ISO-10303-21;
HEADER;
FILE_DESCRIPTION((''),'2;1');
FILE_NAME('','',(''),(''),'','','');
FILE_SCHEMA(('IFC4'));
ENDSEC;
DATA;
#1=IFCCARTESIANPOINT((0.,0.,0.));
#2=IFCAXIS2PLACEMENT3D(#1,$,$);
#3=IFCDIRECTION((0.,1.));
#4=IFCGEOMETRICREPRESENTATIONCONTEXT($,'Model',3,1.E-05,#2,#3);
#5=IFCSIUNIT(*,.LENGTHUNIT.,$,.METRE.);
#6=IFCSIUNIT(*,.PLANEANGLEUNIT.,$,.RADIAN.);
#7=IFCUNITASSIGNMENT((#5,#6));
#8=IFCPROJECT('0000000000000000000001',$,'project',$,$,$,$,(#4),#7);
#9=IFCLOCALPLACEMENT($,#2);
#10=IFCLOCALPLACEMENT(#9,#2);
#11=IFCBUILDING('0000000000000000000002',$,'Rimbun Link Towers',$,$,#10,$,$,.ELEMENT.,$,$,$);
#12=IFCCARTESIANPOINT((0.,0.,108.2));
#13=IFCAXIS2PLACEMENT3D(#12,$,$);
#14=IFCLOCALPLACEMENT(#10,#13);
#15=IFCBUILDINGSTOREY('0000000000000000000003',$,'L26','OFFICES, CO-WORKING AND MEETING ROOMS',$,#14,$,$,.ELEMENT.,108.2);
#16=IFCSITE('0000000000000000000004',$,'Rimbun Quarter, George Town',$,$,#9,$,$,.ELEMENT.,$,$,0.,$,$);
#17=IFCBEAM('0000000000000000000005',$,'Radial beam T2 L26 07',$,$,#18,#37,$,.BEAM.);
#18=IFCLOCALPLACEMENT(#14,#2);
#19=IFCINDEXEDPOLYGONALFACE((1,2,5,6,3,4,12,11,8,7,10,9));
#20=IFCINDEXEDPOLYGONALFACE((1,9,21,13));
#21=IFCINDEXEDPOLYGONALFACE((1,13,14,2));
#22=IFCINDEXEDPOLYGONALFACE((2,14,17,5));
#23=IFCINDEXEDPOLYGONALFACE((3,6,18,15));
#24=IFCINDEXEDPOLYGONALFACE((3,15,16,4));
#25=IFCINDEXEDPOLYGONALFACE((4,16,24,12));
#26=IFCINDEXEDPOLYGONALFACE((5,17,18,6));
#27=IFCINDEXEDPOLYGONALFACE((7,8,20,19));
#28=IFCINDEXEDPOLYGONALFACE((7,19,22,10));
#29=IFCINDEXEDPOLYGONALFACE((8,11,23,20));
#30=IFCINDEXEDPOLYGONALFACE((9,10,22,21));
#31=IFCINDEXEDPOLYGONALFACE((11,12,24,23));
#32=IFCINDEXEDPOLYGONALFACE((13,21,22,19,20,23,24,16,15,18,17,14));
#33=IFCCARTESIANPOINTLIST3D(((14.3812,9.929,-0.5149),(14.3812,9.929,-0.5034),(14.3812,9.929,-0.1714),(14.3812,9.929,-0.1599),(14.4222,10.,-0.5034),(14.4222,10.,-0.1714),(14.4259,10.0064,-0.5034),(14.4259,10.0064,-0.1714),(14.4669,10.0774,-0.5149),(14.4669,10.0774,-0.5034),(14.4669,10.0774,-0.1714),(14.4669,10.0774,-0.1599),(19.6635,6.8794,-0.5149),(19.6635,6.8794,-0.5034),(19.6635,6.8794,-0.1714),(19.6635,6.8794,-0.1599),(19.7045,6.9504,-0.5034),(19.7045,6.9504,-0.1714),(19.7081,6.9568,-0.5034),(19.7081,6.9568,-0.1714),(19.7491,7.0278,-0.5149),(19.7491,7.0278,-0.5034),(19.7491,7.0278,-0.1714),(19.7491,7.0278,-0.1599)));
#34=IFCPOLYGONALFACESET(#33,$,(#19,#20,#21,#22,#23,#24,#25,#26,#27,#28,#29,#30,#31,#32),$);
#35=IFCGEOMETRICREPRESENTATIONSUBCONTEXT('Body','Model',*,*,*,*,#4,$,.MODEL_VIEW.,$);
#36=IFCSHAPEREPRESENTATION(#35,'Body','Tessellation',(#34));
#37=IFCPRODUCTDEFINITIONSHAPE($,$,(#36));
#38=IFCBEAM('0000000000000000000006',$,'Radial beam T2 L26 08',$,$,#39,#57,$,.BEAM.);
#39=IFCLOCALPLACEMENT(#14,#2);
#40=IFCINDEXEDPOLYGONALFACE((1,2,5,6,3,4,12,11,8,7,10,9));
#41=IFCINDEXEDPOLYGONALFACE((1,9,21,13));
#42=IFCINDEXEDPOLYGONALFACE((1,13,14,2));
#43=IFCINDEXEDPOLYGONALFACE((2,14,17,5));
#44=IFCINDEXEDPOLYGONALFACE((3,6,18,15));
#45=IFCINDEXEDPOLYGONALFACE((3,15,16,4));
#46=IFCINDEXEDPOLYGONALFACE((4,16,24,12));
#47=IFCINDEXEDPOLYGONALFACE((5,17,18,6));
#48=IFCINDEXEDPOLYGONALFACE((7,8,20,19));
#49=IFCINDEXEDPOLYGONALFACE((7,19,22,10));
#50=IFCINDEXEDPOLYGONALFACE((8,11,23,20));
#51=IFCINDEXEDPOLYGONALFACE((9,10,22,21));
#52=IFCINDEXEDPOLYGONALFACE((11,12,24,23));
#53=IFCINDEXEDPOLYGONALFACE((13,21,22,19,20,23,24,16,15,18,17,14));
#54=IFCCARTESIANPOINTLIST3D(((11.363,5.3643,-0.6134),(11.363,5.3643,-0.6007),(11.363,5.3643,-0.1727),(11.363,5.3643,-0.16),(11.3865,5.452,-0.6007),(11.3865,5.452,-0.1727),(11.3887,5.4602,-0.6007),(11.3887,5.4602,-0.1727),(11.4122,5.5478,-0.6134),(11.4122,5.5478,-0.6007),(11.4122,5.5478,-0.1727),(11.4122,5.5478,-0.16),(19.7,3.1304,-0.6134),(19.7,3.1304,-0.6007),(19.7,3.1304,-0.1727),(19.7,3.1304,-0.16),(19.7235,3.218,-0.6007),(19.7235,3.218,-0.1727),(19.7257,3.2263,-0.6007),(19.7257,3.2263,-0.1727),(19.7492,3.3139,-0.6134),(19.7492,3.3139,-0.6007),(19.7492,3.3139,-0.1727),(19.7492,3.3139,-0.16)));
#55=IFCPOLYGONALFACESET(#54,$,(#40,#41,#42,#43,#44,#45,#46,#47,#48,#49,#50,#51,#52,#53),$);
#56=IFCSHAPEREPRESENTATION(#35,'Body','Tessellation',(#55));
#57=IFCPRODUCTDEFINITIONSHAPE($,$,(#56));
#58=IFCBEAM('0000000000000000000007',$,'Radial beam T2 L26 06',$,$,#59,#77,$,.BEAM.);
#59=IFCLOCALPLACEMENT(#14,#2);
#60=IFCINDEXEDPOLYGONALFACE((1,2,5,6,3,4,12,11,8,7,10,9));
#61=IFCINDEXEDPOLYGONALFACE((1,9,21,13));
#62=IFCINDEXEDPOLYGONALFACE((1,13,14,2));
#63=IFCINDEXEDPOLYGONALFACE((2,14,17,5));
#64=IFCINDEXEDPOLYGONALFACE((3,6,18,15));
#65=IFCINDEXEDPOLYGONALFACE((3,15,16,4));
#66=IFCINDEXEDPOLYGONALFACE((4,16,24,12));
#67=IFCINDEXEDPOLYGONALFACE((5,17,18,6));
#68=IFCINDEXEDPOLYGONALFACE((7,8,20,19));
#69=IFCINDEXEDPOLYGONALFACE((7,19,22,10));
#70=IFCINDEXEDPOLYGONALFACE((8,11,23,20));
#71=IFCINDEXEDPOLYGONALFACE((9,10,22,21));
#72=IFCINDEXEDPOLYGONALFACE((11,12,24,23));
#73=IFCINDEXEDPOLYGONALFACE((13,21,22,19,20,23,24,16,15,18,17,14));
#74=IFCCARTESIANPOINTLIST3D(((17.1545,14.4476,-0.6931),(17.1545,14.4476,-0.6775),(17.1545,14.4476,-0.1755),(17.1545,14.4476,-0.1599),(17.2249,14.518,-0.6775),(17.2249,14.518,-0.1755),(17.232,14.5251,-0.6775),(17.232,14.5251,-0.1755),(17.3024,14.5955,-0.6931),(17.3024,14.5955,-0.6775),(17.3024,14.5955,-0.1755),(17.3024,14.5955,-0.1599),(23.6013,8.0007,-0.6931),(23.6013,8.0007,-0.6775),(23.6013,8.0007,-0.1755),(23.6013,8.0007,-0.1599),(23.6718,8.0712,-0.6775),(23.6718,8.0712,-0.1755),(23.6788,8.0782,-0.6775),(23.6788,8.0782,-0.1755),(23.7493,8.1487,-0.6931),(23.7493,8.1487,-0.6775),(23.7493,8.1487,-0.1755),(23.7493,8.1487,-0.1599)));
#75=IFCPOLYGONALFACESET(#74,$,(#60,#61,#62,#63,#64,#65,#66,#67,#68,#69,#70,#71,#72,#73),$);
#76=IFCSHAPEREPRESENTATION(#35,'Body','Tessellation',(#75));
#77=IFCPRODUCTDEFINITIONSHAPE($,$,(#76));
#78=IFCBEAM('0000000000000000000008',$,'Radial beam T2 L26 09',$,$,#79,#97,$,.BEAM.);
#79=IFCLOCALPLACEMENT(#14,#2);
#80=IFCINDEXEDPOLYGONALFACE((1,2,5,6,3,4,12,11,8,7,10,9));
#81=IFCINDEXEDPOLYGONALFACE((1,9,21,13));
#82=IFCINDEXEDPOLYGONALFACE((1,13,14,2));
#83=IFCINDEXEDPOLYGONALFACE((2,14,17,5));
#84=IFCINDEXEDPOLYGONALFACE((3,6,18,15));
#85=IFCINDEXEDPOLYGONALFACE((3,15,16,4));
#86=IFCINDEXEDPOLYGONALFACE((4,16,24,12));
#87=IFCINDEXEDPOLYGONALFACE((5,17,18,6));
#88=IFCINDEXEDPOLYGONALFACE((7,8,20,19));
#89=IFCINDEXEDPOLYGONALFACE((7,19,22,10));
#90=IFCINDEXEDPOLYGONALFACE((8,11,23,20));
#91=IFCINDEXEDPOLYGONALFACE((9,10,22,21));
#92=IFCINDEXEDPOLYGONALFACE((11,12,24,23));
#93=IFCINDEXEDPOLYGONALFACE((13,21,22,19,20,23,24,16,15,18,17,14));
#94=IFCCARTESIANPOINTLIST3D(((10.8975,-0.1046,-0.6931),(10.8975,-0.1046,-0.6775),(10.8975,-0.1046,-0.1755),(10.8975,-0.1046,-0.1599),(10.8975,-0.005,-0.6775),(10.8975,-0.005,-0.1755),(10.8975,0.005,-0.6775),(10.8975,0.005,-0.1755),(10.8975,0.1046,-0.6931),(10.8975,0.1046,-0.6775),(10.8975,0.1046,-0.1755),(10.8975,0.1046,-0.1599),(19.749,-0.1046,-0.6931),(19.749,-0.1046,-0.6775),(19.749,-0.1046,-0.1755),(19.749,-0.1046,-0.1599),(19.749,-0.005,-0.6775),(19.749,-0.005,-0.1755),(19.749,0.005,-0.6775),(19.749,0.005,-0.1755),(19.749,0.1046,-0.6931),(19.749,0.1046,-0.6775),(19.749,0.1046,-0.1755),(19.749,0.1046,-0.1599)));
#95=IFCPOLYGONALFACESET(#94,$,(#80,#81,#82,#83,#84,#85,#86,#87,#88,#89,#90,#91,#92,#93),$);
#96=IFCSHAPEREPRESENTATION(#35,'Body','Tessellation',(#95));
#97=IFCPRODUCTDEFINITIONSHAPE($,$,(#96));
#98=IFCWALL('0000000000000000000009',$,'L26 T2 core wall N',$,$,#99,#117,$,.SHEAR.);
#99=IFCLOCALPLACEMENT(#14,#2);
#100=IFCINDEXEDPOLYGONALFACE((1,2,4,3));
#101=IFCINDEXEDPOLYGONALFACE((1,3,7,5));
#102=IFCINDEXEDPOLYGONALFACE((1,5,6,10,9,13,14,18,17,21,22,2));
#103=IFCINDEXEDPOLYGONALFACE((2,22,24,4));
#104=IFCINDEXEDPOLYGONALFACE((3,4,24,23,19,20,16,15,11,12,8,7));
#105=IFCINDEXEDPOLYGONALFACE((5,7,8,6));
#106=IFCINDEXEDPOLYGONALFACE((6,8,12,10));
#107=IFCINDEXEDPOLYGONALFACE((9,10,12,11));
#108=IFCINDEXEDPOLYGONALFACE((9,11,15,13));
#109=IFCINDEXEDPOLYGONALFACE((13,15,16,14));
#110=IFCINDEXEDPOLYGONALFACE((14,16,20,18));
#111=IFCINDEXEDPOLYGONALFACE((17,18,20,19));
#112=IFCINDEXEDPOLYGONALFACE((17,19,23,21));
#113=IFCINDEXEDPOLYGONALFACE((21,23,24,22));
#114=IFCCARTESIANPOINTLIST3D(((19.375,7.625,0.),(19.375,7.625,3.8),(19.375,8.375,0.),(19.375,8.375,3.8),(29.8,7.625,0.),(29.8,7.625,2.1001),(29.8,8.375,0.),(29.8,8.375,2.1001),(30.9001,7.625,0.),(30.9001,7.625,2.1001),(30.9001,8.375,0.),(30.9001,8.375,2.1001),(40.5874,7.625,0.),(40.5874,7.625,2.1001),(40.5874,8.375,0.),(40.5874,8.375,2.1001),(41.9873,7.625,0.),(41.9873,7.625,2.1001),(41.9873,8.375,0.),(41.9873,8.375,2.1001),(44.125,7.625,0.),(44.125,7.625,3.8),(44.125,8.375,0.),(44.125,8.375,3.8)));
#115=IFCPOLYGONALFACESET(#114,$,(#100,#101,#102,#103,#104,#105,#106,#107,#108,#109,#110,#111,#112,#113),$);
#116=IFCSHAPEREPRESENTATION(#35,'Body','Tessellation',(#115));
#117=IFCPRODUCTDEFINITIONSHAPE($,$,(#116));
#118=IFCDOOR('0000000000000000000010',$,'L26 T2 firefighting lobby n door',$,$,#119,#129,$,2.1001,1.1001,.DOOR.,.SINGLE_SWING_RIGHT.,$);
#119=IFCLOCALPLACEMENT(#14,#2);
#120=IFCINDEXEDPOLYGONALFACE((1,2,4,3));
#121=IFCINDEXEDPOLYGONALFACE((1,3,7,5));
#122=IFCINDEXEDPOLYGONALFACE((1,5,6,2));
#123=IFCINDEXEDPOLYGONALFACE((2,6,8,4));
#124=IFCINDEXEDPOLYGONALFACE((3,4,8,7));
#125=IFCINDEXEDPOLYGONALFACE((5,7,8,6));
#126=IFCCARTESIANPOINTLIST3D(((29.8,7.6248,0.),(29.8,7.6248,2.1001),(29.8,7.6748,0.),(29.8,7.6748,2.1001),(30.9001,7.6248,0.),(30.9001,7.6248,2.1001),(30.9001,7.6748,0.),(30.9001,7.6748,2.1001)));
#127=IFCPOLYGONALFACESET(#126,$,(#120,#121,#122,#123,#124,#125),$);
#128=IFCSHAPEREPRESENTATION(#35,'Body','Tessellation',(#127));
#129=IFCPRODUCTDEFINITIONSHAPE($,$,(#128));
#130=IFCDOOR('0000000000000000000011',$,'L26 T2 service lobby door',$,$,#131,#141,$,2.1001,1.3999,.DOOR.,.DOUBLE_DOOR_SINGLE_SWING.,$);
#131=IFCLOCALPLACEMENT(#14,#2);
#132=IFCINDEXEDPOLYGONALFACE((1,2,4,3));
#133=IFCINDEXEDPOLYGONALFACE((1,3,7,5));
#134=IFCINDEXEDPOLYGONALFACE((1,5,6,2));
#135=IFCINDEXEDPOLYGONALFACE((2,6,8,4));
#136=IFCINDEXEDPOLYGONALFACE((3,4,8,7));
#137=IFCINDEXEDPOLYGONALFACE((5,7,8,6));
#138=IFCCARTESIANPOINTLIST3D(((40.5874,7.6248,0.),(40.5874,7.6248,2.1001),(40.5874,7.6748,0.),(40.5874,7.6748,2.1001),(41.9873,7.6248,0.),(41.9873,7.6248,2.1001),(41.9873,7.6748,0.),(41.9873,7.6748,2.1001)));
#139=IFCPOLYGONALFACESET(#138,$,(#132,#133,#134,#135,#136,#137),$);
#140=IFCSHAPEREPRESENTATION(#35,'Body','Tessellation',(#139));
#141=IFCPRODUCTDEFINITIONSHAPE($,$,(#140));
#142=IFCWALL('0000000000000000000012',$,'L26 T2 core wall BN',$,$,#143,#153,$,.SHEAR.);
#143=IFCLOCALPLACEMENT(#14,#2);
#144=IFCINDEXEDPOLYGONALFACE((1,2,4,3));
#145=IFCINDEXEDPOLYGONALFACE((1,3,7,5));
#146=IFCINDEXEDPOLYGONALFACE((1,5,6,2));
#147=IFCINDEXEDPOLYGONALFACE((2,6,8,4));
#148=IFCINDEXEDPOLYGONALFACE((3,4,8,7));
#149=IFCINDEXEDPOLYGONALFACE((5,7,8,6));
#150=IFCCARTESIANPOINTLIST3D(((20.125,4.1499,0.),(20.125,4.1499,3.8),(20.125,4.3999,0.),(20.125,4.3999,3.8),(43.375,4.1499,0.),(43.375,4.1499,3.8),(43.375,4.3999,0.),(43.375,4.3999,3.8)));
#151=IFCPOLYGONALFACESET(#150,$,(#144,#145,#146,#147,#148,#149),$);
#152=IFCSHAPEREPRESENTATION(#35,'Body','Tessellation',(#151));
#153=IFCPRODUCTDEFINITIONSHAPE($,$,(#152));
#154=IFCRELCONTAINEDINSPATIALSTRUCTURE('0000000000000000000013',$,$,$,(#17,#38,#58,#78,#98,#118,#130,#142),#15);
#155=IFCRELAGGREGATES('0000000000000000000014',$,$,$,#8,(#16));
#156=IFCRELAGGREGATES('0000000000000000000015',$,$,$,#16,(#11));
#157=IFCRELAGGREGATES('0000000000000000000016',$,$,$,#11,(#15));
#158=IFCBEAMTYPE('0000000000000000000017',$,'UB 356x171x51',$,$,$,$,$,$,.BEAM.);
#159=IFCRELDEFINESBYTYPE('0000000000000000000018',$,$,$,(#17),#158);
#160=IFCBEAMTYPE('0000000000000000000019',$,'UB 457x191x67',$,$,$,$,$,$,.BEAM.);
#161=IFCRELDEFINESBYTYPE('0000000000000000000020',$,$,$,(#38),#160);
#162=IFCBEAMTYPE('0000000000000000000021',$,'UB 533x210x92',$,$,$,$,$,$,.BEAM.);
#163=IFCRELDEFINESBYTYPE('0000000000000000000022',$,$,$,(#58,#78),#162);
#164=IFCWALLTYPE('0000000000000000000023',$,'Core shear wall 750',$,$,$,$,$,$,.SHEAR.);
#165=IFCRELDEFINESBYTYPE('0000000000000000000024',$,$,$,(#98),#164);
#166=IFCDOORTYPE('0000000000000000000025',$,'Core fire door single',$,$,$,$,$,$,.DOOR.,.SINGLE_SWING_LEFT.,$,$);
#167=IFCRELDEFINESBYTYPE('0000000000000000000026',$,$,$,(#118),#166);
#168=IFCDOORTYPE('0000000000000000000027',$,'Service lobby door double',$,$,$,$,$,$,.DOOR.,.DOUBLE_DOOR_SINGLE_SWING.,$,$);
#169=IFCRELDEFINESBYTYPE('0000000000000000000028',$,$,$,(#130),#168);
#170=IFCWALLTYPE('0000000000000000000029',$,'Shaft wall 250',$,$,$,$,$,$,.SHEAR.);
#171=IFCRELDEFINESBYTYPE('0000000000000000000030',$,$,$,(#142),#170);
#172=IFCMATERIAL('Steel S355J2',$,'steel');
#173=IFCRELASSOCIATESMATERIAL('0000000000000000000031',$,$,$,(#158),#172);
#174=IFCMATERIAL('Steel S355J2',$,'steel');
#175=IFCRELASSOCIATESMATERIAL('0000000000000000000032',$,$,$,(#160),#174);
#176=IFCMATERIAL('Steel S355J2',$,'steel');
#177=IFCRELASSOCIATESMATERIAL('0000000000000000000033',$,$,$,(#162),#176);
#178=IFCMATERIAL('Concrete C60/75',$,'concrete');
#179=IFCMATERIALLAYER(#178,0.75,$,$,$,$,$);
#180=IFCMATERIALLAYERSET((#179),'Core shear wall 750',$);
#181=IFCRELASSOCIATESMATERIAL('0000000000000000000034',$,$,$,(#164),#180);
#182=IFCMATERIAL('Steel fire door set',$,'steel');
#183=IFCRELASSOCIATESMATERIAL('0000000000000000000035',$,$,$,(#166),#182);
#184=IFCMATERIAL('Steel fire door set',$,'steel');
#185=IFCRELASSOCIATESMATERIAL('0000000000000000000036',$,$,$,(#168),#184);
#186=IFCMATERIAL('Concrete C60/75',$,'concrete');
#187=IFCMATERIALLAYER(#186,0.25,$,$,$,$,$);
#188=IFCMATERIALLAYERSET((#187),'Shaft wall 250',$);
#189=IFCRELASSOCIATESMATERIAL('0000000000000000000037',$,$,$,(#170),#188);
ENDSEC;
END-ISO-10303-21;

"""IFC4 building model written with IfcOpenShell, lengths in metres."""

from ifc_helpers import new_model, si_unit, direction, frame, frame_2d, origin, origin_2d, place, context, subcontext, project, spatial, rectangle, i_section, extrude, material, layer, layer_set, material_profile, profile_set, type_object, element, fill, save


model = new_model("IFC4")

# Units and contexts
model_context = context("Model", 3, precision=1e-05, world=origin(), true_north=direction((0.0, 1.0)))
body_context = subcontext(model_context, "Body", "Model", "MODEL_VIEW")
ifc_project = project(units=[si_unit("LENGTHUNIT", "METRE"), si_unit("PLANEANGLEUNIT", "RADIAN")], contexts=[model_context])

# Site, building, storey
site_placement = place(None, origin())
site = spatial("IfcSite", under=ifc_project, at=site_placement, Name="Rimbun Quarter, George Town", CompositionType="ELEMENT", RefElevation=0.0)
building_placement = place(site_placement, origin())
building = spatial("IfcBuilding", under=site, at=building_placement, Name="Rimbun Link Towers", CompositionType="ELEMENT")
storey_placement = place(building_placement, frame((0.0, 0.0, 108.2)))
storey = spatial("IfcBuildingStorey", under=building, at=storey_placement, Name="L26", Description="OFFICES, CO-WORKING AND MEETING ROOMS", CompositionType="ELEMENT", Elevation=108.2)

# Beams
ifc_material_1 = material(Name="Steel S355J2", Category="steel")
ifc_material_profile_1 = material_profile(ifc_material_1, i_section(OverallWidth=0.1714, OverallDepth=0.355, WebThickness=0.0073, FlangeThickness=0.0115, at=origin_2d()), Name="UB 356x171x51")
ifc_profile_set_1 = profile_set([ifc_material_profile_1], Name="Steel S355J2")
beam_type_1 = type_object("IfcBeamType", Name="UB 356x171x51", PredefinedType="BEAM", material=ifc_profile_set_1)
beam_1_placement = place(storey_placement, frame((19.7063, 6.9536, -0.3374), z_axis=(-0.866035, 0.499983, 0.0), x_axis=(-0.499983, -0.866035, 0.0)))
element("IfcBeam", 1, at=beam_1_placement, inside=storey, type_object=beam_type_1, Name="Radial beam T2 L26 07", PredefinedType="BEAM", context=body_context, shape_type="SweptSolid", body=[
    extrude(i_section(OverallWidth=0.1714, OverallDepth=0.355, WebThickness=0.0073, FlangeThickness=0.0115, at=origin_2d()), origin(), (0.0, 0.0, 1.0), 6.0994),
])
ifc_material_2 = material(Name="Steel S355J2", Category="steel")
ifc_material_profile_2 = material_profile(ifc_material_2, i_section(OverallWidth=0.1899, OverallDepth=0.4534, WebThickness=0.0085, FlangeThickness=0.0127, at=origin_2d()), Name="UB 457x191x67")
ifc_profile_set_2 = profile_set([ifc_material_profile_2], Name="Steel S355J2")
beam_type_2 = type_object("IfcBeamType", Name="UB 457x191x67", PredefinedType="BEAM", material=ifc_profile_set_2)
beam_2_placement = place(storey_placement, frame((19.7246, 3.2222, -0.3867), z_axis=(-0.965925, 0.258821, 0.0), x_axis=(-0.258821, -0.965925, 0.0)))
element("IfcBeam", 2, at=beam_2_placement, inside=storey, type_object=beam_type_2, Name="Radial beam T2 L26 08", PredefinedType="BEAM", context=body_context, shape_type="SweptSolid", body=[
    extrude(i_section(OverallWidth=0.1899, OverallDepth=0.4534, WebThickness=0.0085, FlangeThickness=0.0127, at=origin_2d()), origin(), (0.0, 0.0, 1.0), 8.6311),
])
ifc_material_3 = material(Name="Steel S355J2", Category="steel")
ifc_material_profile_3 = material_profile(ifc_material_3, i_section(OverallWidth=0.2092, OverallDepth=0.5332, WebThickness=0.01, FlangeThickness=0.0156, at=origin_2d()), Name="UB 533x210x92")
ifc_profile_set_3 = profile_set([ifc_material_profile_3], Name="Steel S355J2")
beam_type_3 = type_object("IfcBeamType", Name="UB 533x210x92", PredefinedType="BEAM", material=ifc_profile_set_3)
beam_3_placement = place(storey_placement, frame((23.6753, 8.0747, -0.4265), z_axis=(-0.707107, 0.707107, 0.0), x_axis=(-0.707107, -0.707107, 0.0)))
element("IfcBeam", 3, at=beam_3_placement, inside=storey, type_object=beam_type_3, Name="Radial beam T2 L26 06", PredefinedType="BEAM", context=body_context, shape_type="SweptSolid", body=[
    extrude(i_section(OverallWidth=0.2092, OverallDepth=0.5332, WebThickness=0.01, FlangeThickness=0.0156, at=origin_2d()), origin(), (0.0, 0.0, 1.0), 9.1172),
])
beam_4_placement = place(storey_placement, frame((19.749, 0.0, -0.4265), z_axis=(-1.0, 0.0, 0.0), x_axis=(0.0, -1.0, 0.0)))
element("IfcBeam", 4, at=beam_4_placement, inside=storey, type_object=beam_type_3, Name="Radial beam T2 L26 09", PredefinedType="BEAM", context=body_context, shape_type="SweptSolid", body=[
    extrude(i_section(OverallWidth=0.2092, OverallDepth=0.5332, WebThickness=0.01, FlangeThickness=0.0156, at=origin_2d()), origin(), (0.0, 0.0, 1.0), 8.8516),
])

# Wall, openings, doors
ifc_material_4 = material(Name="Concrete C60/75", Category="concrete")
ifc_layer_1 = layer(ifc_material_4, 0.75)
ifc_layer_set_1 = layer_set([ifc_layer_1], Name="Core shear wall 750")
wall_type_1 = type_object("IfcWallType", Name="Core shear wall 750", PredefinedType="SHEAR", material=ifc_layer_set_1)
wall_1_placement = place(storey_placement, frame((19.375, 8.0, 0.0), z_axis=(0.0, 0.0, 1.0), x_axis=(1.0, 0.0, 0.0)))
wall_1 = element("IfcWall", 5, at=wall_1_placement, inside=storey, type_object=wall_type_1, Name="L26 T2 core wall N", PredefinedType="SHEAR", context=body_context, shape_type="SweptSolid", body=[
    extrude(rectangle(XDim=24.75, YDim=0.75, at=frame_2d((12.375, 0.0))), origin(), (0.0, 0.0, 1.0), 3.8),
])
opening_1_placement = place(wall_1_placement, frame((10.425, 0.0, 0.0)))
opening_1 = element("IfcOpeningElement", 6, at=opening_1_placement, cuts=wall_1, PredefinedType="OPENING", context=body_context, shape_type="SweptSolid", body=[
    extrude(rectangle(XDim=1.1001, YDim=2.1001, at=frame_2d((0.55, 1.05))), frame((0.0, 0.385, 0.0), z_axis=(0.0, -1.0, 0.0), x_axis=(1.0, 0.0, 0.0)), (0.0, 0.0, 1.0), 0.77),
])
opening_2_placement = place(wall_1_placement, frame((21.2124, 0.0, 0.0)))
opening_2 = element("IfcOpeningElement", 7, at=opening_2_placement, cuts=wall_1, PredefinedType="OPENING", context=body_context, shape_type="SweptSolid", body=[
    extrude(rectangle(XDim=1.3999, YDim=2.1001, at=frame_2d((0.7, 1.05))), frame((0.0, 0.385, 0.0), z_axis=(0.0, -1.0, 0.0), x_axis=(1.0, 0.0, 0.0)), (0.0, 0.0, 1.0), 0.77),
])
ifc_material_5 = material(Name="Steel fire door set", Category="steel")
door_type_1 = type_object("IfcDoorType", Name="Core fire door single", OperationType="SINGLE_SWING_LEFT", PredefinedType="DOOR", material=ifc_material_5)
door_1_placement = place(opening_1_placement, origin())
door_1 = element("IfcDoor", 8, at=door_1_placement, inside=storey, type_object=door_type_1, Name="L26 T2 firefighting lobby n door", OperationType="SINGLE_SWING_RIGHT", OverallHeight=2.1001, OverallWidth=1.1001, PredefinedType="DOOR", context=body_context, shape_type="SweptSolid", body=[
    extrude(rectangle(XDim=1.1001, YDim=2.1001, at=frame_2d((0.55, 1.05))), frame((0.0, -0.3252, 0.0), z_axis=(0.0, -1.0, 0.0), x_axis=(1.0, 0.0, 0.0)), (0.0, 0.0, 1.0), 0.05),
])
fill(opening_1, door_1)
ifc_material_6 = material(Name="Steel fire door set", Category="steel")
door_type_2 = type_object("IfcDoorType", Name="Service lobby door double", OperationType="DOUBLE_DOOR_SINGLE_SWING", PredefinedType="DOOR", material=ifc_material_6)
door_2_placement = place(opening_2_placement, origin())
door_2 = element("IfcDoor", 9, at=door_2_placement, inside=storey, type_object=door_type_2, Name="L26 T2 service lobby door", OperationType="DOUBLE_DOOR_SINGLE_SWING", OverallHeight=2.1001, OverallWidth=1.3999, PredefinedType="DOOR", context=body_context, shape_type="SweptSolid", body=[
    extrude(rectangle(XDim=1.3999, YDim=2.1001, at=frame_2d((0.7, 1.05))), frame((0.0, -0.3252, 0.0), z_axis=(0.0, -1.0, 0.0), x_axis=(1.0, 0.0, 0.0)), (0.0, 0.0, 1.0), 0.05),
])
fill(opening_2, door_2)

# Wall
ifc_material_7 = material(Name="Concrete C60/75", Category="concrete")
ifc_layer_2 = layer(ifc_material_7, 0.25)
ifc_layer_set_2 = layer_set([ifc_layer_2], Name="Shaft wall 250")
wall_type_2 = type_object("IfcWallType", Name="Shaft wall 250", PredefinedType="SHEAR", material=ifc_layer_set_2)
wall_2_placement = place(storey_placement, frame((20.125, 4.2749, 0.0), z_axis=(0.0, 0.0, 1.0), x_axis=(1.0, 0.0, 0.0)))
element("IfcWall", 10, at=wall_2_placement, inside=storey, type_object=wall_type_2, Name="L26 T2 core wall BN", PredefinedType="SHEAR", context=body_context, shape_type="SweptSolid", body=[
    extrude(rectangle(XDim=23.25, YDim=0.25, at=frame_2d((11.625, 0.0))), origin(), (0.0, 0.0, 1.0), 3.8),
])

save(model, "model.ifc")
